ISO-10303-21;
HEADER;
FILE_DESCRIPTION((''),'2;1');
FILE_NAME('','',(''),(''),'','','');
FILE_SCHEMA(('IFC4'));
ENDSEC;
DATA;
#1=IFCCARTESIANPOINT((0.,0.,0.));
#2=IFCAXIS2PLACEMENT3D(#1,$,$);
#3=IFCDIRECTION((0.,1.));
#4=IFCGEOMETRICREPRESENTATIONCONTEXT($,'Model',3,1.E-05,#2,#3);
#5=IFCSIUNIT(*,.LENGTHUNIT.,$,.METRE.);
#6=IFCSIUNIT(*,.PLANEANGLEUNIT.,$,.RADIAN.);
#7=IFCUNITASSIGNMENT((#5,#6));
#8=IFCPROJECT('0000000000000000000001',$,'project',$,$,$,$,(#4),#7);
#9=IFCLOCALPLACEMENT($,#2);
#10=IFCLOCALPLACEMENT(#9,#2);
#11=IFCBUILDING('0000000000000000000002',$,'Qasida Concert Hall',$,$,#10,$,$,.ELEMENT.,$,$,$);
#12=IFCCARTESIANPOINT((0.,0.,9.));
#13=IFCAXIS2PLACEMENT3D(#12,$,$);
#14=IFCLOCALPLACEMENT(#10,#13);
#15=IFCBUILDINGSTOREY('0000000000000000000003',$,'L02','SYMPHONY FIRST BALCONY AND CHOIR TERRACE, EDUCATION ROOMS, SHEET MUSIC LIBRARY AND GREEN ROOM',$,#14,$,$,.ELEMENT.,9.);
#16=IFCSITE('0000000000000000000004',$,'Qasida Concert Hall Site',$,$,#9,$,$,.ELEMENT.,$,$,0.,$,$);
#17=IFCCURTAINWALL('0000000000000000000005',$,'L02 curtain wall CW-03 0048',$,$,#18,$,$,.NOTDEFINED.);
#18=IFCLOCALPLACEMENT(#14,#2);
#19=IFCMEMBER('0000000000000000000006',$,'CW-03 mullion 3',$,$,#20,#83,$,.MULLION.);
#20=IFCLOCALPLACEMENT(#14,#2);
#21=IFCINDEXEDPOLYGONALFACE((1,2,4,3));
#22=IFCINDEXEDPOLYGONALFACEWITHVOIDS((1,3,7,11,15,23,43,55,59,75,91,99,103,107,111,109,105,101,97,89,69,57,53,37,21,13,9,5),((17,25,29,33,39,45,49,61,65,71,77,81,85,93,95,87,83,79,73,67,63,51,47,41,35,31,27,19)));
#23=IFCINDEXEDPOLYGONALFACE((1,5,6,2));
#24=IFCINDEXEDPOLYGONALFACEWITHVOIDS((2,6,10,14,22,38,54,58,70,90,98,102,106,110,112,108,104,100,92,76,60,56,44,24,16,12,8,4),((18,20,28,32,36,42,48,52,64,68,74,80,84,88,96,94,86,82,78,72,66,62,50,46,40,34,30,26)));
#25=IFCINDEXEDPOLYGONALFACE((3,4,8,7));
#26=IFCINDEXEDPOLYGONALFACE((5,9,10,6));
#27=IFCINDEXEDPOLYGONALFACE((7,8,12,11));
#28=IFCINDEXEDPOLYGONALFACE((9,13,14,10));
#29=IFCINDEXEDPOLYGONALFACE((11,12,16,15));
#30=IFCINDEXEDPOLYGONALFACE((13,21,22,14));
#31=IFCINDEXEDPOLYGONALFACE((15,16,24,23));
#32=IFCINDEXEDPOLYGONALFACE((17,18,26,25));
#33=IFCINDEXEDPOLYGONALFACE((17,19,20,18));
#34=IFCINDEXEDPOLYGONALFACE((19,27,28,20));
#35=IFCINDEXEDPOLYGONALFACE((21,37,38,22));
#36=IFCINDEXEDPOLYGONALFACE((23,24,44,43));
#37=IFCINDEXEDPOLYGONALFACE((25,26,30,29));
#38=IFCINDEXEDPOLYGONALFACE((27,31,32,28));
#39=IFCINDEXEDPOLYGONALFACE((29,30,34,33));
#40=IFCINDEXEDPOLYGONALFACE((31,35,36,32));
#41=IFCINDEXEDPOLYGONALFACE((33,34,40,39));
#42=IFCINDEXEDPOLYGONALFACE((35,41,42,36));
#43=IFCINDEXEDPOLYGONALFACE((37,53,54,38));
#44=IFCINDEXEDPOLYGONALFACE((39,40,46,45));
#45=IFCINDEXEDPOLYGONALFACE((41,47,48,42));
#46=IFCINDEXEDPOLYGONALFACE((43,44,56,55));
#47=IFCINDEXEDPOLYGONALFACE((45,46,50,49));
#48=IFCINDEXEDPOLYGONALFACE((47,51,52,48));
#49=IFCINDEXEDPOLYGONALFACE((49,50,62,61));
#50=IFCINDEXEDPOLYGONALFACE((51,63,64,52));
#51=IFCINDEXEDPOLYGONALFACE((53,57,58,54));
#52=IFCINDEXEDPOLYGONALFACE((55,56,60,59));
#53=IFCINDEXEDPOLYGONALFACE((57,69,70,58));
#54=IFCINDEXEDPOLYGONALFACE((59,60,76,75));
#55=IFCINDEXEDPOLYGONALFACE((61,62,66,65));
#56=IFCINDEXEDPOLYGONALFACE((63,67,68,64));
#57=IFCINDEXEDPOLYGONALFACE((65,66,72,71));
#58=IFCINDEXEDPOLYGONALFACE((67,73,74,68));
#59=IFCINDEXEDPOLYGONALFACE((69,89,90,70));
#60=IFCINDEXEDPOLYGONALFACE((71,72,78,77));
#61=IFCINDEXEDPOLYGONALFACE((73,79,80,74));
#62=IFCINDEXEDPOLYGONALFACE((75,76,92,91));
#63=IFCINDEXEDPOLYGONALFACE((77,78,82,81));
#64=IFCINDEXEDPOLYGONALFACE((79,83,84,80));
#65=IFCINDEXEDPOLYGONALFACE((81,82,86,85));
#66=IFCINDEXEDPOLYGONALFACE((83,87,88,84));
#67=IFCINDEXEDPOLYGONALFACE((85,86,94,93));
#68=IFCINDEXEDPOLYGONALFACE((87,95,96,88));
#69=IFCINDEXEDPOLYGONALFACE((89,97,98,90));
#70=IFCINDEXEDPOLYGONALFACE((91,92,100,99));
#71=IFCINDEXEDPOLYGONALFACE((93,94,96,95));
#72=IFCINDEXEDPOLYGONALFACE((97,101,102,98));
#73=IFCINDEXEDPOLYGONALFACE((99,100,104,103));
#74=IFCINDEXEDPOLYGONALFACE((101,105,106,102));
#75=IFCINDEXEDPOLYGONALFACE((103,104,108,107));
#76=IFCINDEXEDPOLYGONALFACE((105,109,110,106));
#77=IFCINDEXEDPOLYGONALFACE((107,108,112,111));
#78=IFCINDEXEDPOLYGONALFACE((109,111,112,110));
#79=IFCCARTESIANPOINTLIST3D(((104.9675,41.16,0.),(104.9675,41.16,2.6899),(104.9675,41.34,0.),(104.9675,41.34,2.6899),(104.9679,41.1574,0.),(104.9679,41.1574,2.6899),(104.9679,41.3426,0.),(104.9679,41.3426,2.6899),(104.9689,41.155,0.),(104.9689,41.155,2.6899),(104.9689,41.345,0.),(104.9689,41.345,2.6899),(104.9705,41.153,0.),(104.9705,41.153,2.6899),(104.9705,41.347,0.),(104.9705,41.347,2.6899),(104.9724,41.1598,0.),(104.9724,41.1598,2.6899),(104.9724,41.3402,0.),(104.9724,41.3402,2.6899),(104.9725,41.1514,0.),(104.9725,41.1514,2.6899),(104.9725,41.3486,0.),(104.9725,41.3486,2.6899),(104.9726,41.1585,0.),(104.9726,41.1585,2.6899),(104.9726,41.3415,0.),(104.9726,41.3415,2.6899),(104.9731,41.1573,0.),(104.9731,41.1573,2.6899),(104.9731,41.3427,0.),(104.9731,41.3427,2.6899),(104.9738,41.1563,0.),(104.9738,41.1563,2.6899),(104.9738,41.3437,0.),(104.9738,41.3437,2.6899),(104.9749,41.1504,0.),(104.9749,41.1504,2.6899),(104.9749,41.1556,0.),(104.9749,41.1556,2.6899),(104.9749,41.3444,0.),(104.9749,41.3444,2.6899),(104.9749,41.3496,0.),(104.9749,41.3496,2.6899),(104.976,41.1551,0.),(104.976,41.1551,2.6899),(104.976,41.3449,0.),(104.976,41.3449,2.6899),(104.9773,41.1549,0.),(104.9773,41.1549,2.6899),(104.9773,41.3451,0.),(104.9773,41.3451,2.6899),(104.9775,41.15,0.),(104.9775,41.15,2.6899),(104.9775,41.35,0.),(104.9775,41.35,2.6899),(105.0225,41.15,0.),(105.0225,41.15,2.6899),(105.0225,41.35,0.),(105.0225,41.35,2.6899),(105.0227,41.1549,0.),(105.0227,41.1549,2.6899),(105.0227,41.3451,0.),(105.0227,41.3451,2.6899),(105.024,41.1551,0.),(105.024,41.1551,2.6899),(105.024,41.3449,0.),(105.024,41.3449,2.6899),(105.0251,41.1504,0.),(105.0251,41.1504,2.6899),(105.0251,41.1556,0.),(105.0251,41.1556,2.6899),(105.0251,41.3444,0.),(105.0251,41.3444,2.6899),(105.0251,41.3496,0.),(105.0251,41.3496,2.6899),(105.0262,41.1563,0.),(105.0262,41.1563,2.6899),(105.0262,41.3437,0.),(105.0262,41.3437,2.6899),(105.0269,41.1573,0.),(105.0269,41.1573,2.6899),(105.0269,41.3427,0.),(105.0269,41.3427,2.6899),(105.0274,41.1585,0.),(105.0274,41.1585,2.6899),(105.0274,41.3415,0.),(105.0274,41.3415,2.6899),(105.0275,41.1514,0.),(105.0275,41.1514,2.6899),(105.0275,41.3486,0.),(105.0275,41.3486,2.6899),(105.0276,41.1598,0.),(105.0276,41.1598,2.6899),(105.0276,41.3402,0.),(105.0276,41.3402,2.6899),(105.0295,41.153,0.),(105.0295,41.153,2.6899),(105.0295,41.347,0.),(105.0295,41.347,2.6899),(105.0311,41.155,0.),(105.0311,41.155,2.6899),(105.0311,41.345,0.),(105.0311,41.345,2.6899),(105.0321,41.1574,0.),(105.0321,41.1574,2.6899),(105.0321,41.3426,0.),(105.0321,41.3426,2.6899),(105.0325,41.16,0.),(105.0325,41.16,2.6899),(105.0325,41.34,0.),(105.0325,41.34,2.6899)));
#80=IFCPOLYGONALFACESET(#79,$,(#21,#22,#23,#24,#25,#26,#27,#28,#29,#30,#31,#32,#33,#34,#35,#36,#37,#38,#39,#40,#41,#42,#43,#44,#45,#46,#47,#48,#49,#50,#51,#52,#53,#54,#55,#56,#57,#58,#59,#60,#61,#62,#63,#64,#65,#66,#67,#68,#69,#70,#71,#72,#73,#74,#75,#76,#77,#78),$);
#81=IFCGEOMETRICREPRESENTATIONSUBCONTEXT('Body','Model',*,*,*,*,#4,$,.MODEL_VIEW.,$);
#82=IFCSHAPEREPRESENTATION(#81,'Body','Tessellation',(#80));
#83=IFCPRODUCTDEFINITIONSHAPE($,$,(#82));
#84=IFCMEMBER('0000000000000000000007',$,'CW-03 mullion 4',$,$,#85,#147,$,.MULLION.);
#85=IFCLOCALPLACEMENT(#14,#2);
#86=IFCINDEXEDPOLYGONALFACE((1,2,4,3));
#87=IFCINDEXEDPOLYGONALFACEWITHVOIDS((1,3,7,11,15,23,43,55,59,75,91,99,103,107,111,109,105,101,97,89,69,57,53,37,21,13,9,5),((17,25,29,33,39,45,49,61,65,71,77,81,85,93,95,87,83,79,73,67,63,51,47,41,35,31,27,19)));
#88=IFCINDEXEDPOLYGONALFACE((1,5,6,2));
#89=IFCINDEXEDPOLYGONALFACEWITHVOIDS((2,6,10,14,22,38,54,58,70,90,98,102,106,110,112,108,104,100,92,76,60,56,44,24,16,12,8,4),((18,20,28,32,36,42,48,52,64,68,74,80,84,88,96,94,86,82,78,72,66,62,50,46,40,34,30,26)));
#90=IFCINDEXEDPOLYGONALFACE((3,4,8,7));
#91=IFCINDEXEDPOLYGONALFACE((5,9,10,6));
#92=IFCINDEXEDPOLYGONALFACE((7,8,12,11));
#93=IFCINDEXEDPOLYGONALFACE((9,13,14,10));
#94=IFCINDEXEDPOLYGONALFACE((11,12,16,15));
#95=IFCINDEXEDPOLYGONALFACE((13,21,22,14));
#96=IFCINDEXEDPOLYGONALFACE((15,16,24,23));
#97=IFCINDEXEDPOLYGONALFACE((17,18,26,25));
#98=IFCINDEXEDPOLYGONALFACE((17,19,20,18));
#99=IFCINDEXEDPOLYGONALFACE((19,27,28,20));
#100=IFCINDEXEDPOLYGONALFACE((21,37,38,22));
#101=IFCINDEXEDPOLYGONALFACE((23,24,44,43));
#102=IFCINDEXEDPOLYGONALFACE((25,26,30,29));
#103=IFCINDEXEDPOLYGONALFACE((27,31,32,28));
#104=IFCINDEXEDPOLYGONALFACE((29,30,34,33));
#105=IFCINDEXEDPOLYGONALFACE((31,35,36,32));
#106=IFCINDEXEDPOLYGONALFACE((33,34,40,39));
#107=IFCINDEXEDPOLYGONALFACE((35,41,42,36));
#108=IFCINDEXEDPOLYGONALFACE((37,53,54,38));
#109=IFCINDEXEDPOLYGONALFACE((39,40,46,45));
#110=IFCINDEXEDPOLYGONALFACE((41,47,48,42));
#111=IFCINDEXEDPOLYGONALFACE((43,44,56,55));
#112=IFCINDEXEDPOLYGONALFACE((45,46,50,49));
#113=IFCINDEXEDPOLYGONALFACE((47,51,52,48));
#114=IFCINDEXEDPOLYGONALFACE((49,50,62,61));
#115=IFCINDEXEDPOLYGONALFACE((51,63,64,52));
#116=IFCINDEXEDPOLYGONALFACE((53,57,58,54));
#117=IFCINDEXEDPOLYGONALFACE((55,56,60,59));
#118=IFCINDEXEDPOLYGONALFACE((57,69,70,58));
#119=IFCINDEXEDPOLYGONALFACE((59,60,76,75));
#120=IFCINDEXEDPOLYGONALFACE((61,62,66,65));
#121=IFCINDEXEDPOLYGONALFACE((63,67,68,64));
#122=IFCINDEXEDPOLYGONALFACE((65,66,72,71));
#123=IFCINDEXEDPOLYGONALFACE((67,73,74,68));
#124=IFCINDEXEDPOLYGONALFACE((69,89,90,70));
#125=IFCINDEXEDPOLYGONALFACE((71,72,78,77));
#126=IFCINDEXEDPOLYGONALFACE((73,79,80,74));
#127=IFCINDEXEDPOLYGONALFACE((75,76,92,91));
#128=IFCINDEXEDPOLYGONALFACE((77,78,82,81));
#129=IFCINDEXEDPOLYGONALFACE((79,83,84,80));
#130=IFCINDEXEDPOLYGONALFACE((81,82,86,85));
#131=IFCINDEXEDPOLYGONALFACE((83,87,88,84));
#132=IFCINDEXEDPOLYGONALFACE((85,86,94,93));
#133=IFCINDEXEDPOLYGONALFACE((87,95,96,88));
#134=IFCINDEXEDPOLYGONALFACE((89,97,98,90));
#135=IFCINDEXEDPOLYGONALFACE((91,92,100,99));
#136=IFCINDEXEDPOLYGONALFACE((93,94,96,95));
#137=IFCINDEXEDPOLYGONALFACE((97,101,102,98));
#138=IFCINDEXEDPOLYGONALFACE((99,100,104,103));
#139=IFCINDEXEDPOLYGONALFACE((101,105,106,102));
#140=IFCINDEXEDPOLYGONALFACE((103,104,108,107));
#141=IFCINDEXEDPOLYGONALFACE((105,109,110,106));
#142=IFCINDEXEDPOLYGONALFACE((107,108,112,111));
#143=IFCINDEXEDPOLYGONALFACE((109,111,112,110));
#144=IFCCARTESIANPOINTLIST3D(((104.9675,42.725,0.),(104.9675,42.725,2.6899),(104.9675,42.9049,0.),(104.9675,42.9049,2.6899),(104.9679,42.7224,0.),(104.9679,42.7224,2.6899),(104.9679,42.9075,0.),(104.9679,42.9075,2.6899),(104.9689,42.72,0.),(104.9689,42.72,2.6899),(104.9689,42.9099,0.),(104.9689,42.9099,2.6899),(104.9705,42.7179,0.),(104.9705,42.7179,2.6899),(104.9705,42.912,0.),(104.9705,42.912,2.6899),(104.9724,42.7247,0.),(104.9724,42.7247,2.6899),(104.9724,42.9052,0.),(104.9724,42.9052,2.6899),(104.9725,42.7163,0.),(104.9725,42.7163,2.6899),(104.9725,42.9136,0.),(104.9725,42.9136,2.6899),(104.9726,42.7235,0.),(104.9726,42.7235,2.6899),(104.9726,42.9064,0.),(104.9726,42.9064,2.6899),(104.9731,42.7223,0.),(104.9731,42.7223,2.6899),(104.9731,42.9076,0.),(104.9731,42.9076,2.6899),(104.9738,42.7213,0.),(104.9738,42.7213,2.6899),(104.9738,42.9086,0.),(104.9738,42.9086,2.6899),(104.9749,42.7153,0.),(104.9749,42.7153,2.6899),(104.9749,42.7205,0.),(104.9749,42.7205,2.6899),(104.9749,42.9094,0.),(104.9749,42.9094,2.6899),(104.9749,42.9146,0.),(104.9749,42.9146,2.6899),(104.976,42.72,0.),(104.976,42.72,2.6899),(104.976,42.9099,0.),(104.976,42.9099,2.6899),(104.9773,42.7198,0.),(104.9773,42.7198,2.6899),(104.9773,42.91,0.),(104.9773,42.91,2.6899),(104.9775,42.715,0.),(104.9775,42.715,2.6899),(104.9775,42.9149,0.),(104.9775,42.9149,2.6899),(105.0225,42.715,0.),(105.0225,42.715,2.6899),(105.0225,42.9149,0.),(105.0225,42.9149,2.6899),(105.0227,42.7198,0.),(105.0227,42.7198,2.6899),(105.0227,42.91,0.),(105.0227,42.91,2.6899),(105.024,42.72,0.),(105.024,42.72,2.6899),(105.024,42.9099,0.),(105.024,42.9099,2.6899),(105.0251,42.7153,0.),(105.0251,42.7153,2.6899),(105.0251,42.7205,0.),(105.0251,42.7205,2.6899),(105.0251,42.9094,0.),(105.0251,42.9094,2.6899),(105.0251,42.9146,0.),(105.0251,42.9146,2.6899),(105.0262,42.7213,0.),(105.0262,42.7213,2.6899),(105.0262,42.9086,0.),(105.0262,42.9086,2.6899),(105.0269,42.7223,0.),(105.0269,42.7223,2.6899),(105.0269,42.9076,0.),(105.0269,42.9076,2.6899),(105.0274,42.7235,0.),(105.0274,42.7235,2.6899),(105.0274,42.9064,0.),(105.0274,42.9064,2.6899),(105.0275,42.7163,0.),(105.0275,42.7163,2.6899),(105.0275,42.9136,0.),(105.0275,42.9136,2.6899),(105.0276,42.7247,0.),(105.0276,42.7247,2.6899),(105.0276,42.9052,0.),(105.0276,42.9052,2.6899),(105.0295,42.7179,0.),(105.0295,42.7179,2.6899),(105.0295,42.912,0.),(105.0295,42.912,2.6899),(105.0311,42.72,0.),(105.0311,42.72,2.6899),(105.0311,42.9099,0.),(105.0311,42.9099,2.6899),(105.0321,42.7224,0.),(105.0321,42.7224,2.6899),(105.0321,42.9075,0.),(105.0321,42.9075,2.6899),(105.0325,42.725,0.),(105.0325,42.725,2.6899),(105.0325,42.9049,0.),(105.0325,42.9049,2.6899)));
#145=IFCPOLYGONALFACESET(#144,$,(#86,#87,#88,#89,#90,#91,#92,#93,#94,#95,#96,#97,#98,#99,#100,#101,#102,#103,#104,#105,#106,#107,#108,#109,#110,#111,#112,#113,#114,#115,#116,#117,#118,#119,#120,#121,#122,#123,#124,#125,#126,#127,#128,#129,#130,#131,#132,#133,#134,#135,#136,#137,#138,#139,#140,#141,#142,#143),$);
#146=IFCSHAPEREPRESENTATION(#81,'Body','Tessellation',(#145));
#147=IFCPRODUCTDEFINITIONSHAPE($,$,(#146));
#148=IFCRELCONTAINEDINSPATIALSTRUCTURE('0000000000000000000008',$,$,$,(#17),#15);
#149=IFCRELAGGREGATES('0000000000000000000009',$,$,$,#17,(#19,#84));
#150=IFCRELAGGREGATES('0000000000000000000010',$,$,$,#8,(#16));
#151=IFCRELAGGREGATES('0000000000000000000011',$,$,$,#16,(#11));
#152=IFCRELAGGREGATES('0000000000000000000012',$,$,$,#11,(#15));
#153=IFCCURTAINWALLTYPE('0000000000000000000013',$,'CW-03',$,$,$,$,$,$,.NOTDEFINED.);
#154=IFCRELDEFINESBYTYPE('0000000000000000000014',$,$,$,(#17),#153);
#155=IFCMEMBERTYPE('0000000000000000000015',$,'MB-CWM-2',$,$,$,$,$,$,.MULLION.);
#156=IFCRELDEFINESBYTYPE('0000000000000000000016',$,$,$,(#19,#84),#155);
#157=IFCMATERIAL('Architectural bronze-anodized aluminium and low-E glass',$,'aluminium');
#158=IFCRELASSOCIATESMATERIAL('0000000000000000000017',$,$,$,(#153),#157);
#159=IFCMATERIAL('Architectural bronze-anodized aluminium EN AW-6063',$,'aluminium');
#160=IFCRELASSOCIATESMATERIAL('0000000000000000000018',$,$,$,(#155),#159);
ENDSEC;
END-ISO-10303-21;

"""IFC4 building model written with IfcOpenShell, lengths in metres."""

from ifc_helpers import new_model, si_unit, direction, frame, origin, origin_2d, place, context, subcontext, project, spatial, hollow_rectangle, extrude, material, material_profile, profile_set, type_object, element, aggregate, save


model = new_model("IFC4")

# Units and contexts
model_context = context("Model", 3, precision=1e-05, world=origin(), true_north=direction((0.0, 1.0)))
body_context = subcontext(model_context, "Body", "Model", "MODEL_VIEW")
ifc_project = project(units=[si_unit("LENGTHUNIT", "METRE"), si_unit("PLANEANGLEUNIT", "RADIAN")], contexts=[model_context])

# Site, building, storey
site_placement = place(None, origin())
site = spatial("IfcSite", under=ifc_project, at=site_placement, Name="Qasida Concert Hall Site", CompositionType="ELEMENT", RefElevation=0.0)
building_placement = place(site_placement, origin())
building = spatial("IfcBuilding", under=site, at=building_placement, Name="Qasida Concert Hall", CompositionType="ELEMENT")
storey_placement = place(building_placement, frame((0.0, 0.0, 9.0)))
storey = spatial("IfcBuildingStorey", under=building, at=storey_placement, Name="L02", Description="SYMPHONY FIRST BALCONY AND CHOIR TERRACE, EDUCATION ROOMS, SHEET MUSIC LIBRARY AND GREEN ROOM", CompositionType="ELEMENT", Elevation=9.0)

# Curtain wall, members
ifc_material_1 = material(Name="Architectural bronze-anodized aluminium and low-E glass", Category="aluminium")
curtain_wall_type = type_object("IfcCurtainWallType", Name="CW-03", PredefinedType="NOTDEFINED", material=ifc_material_1)
curtain_wall_placement = place(storey_placement, origin())
curtain_wall = element("IfcCurtainWall", 1, at=curtain_wall_placement, inside=storey, type_object=curtain_wall_type, Name="L02 curtain wall CW-03 0048", PredefinedType="NOTDEFINED")
ifc_material_2 = material(Name="Architectural bronze-anodized aluminium EN AW-6063", Category="aluminium")
ifc_material_profile_1 = material_profile(ifc_material_2, hollow_rectangle(XDim=0.0649, YDim=0.2, WallThickness=0.0049, InnerFilletRadius=0.0049, OuterFilletRadius=0.01, at=origin_2d()), Name="CWM 200x65x5")
ifc_profile_set_1 = profile_set([ifc_material_profile_1], Name="Architectural bronze-anodized aluminium EN AW-6063")
member_type_1 = type_object("IfcMemberType", Name="MB-CWM-2", PredefinedType="MULLION", material=ifc_profile_set_1)
member_1_placement = place(storey_placement, frame((105.0, 41.25, 0.0), z_axis=(0.0, 0.0, 1.0), x_axis=(-1.0, 0.0, 0.0)))
member_1 = element("IfcMember", 2, at=member_1_placement, type_object=member_type_1, Name="CW-03 mullion 3", PredefinedType="MULLION", context=body_context, shape_type="SweptSolid", body=[
    extrude(hollow_rectangle(XDim=0.0649, YDim=0.2, WallThickness=0.0049, InnerFilletRadius=0.0049, OuterFilletRadius=0.01, at=origin_2d()), origin(), (0.0, 0.0, 1.0), 2.6899),
])
member_2_placement = place(storey_placement, frame((105.0, 42.8149, 0.0), z_axis=(0.0, 0.0, 1.0), x_axis=(-1.0, 0.0, 0.0)))
member_2 = element("IfcMember", 3, at=member_2_placement, type_object=member_type_1, Name="CW-03 mullion 4", PredefinedType="MULLION", context=body_context, shape_type="SweptSolid", body=[
    extrude(hollow_rectangle(XDim=0.0649, YDim=0.2, WallThickness=0.0049, InnerFilletRadius=0.0049, OuterFilletRadius=0.01, at=origin_2d()), origin(), (0.0, 0.0, 1.0), 2.6899),
])
aggregate(curtain_wall, [member_1, member_2])

save(model, "model.ifc")
